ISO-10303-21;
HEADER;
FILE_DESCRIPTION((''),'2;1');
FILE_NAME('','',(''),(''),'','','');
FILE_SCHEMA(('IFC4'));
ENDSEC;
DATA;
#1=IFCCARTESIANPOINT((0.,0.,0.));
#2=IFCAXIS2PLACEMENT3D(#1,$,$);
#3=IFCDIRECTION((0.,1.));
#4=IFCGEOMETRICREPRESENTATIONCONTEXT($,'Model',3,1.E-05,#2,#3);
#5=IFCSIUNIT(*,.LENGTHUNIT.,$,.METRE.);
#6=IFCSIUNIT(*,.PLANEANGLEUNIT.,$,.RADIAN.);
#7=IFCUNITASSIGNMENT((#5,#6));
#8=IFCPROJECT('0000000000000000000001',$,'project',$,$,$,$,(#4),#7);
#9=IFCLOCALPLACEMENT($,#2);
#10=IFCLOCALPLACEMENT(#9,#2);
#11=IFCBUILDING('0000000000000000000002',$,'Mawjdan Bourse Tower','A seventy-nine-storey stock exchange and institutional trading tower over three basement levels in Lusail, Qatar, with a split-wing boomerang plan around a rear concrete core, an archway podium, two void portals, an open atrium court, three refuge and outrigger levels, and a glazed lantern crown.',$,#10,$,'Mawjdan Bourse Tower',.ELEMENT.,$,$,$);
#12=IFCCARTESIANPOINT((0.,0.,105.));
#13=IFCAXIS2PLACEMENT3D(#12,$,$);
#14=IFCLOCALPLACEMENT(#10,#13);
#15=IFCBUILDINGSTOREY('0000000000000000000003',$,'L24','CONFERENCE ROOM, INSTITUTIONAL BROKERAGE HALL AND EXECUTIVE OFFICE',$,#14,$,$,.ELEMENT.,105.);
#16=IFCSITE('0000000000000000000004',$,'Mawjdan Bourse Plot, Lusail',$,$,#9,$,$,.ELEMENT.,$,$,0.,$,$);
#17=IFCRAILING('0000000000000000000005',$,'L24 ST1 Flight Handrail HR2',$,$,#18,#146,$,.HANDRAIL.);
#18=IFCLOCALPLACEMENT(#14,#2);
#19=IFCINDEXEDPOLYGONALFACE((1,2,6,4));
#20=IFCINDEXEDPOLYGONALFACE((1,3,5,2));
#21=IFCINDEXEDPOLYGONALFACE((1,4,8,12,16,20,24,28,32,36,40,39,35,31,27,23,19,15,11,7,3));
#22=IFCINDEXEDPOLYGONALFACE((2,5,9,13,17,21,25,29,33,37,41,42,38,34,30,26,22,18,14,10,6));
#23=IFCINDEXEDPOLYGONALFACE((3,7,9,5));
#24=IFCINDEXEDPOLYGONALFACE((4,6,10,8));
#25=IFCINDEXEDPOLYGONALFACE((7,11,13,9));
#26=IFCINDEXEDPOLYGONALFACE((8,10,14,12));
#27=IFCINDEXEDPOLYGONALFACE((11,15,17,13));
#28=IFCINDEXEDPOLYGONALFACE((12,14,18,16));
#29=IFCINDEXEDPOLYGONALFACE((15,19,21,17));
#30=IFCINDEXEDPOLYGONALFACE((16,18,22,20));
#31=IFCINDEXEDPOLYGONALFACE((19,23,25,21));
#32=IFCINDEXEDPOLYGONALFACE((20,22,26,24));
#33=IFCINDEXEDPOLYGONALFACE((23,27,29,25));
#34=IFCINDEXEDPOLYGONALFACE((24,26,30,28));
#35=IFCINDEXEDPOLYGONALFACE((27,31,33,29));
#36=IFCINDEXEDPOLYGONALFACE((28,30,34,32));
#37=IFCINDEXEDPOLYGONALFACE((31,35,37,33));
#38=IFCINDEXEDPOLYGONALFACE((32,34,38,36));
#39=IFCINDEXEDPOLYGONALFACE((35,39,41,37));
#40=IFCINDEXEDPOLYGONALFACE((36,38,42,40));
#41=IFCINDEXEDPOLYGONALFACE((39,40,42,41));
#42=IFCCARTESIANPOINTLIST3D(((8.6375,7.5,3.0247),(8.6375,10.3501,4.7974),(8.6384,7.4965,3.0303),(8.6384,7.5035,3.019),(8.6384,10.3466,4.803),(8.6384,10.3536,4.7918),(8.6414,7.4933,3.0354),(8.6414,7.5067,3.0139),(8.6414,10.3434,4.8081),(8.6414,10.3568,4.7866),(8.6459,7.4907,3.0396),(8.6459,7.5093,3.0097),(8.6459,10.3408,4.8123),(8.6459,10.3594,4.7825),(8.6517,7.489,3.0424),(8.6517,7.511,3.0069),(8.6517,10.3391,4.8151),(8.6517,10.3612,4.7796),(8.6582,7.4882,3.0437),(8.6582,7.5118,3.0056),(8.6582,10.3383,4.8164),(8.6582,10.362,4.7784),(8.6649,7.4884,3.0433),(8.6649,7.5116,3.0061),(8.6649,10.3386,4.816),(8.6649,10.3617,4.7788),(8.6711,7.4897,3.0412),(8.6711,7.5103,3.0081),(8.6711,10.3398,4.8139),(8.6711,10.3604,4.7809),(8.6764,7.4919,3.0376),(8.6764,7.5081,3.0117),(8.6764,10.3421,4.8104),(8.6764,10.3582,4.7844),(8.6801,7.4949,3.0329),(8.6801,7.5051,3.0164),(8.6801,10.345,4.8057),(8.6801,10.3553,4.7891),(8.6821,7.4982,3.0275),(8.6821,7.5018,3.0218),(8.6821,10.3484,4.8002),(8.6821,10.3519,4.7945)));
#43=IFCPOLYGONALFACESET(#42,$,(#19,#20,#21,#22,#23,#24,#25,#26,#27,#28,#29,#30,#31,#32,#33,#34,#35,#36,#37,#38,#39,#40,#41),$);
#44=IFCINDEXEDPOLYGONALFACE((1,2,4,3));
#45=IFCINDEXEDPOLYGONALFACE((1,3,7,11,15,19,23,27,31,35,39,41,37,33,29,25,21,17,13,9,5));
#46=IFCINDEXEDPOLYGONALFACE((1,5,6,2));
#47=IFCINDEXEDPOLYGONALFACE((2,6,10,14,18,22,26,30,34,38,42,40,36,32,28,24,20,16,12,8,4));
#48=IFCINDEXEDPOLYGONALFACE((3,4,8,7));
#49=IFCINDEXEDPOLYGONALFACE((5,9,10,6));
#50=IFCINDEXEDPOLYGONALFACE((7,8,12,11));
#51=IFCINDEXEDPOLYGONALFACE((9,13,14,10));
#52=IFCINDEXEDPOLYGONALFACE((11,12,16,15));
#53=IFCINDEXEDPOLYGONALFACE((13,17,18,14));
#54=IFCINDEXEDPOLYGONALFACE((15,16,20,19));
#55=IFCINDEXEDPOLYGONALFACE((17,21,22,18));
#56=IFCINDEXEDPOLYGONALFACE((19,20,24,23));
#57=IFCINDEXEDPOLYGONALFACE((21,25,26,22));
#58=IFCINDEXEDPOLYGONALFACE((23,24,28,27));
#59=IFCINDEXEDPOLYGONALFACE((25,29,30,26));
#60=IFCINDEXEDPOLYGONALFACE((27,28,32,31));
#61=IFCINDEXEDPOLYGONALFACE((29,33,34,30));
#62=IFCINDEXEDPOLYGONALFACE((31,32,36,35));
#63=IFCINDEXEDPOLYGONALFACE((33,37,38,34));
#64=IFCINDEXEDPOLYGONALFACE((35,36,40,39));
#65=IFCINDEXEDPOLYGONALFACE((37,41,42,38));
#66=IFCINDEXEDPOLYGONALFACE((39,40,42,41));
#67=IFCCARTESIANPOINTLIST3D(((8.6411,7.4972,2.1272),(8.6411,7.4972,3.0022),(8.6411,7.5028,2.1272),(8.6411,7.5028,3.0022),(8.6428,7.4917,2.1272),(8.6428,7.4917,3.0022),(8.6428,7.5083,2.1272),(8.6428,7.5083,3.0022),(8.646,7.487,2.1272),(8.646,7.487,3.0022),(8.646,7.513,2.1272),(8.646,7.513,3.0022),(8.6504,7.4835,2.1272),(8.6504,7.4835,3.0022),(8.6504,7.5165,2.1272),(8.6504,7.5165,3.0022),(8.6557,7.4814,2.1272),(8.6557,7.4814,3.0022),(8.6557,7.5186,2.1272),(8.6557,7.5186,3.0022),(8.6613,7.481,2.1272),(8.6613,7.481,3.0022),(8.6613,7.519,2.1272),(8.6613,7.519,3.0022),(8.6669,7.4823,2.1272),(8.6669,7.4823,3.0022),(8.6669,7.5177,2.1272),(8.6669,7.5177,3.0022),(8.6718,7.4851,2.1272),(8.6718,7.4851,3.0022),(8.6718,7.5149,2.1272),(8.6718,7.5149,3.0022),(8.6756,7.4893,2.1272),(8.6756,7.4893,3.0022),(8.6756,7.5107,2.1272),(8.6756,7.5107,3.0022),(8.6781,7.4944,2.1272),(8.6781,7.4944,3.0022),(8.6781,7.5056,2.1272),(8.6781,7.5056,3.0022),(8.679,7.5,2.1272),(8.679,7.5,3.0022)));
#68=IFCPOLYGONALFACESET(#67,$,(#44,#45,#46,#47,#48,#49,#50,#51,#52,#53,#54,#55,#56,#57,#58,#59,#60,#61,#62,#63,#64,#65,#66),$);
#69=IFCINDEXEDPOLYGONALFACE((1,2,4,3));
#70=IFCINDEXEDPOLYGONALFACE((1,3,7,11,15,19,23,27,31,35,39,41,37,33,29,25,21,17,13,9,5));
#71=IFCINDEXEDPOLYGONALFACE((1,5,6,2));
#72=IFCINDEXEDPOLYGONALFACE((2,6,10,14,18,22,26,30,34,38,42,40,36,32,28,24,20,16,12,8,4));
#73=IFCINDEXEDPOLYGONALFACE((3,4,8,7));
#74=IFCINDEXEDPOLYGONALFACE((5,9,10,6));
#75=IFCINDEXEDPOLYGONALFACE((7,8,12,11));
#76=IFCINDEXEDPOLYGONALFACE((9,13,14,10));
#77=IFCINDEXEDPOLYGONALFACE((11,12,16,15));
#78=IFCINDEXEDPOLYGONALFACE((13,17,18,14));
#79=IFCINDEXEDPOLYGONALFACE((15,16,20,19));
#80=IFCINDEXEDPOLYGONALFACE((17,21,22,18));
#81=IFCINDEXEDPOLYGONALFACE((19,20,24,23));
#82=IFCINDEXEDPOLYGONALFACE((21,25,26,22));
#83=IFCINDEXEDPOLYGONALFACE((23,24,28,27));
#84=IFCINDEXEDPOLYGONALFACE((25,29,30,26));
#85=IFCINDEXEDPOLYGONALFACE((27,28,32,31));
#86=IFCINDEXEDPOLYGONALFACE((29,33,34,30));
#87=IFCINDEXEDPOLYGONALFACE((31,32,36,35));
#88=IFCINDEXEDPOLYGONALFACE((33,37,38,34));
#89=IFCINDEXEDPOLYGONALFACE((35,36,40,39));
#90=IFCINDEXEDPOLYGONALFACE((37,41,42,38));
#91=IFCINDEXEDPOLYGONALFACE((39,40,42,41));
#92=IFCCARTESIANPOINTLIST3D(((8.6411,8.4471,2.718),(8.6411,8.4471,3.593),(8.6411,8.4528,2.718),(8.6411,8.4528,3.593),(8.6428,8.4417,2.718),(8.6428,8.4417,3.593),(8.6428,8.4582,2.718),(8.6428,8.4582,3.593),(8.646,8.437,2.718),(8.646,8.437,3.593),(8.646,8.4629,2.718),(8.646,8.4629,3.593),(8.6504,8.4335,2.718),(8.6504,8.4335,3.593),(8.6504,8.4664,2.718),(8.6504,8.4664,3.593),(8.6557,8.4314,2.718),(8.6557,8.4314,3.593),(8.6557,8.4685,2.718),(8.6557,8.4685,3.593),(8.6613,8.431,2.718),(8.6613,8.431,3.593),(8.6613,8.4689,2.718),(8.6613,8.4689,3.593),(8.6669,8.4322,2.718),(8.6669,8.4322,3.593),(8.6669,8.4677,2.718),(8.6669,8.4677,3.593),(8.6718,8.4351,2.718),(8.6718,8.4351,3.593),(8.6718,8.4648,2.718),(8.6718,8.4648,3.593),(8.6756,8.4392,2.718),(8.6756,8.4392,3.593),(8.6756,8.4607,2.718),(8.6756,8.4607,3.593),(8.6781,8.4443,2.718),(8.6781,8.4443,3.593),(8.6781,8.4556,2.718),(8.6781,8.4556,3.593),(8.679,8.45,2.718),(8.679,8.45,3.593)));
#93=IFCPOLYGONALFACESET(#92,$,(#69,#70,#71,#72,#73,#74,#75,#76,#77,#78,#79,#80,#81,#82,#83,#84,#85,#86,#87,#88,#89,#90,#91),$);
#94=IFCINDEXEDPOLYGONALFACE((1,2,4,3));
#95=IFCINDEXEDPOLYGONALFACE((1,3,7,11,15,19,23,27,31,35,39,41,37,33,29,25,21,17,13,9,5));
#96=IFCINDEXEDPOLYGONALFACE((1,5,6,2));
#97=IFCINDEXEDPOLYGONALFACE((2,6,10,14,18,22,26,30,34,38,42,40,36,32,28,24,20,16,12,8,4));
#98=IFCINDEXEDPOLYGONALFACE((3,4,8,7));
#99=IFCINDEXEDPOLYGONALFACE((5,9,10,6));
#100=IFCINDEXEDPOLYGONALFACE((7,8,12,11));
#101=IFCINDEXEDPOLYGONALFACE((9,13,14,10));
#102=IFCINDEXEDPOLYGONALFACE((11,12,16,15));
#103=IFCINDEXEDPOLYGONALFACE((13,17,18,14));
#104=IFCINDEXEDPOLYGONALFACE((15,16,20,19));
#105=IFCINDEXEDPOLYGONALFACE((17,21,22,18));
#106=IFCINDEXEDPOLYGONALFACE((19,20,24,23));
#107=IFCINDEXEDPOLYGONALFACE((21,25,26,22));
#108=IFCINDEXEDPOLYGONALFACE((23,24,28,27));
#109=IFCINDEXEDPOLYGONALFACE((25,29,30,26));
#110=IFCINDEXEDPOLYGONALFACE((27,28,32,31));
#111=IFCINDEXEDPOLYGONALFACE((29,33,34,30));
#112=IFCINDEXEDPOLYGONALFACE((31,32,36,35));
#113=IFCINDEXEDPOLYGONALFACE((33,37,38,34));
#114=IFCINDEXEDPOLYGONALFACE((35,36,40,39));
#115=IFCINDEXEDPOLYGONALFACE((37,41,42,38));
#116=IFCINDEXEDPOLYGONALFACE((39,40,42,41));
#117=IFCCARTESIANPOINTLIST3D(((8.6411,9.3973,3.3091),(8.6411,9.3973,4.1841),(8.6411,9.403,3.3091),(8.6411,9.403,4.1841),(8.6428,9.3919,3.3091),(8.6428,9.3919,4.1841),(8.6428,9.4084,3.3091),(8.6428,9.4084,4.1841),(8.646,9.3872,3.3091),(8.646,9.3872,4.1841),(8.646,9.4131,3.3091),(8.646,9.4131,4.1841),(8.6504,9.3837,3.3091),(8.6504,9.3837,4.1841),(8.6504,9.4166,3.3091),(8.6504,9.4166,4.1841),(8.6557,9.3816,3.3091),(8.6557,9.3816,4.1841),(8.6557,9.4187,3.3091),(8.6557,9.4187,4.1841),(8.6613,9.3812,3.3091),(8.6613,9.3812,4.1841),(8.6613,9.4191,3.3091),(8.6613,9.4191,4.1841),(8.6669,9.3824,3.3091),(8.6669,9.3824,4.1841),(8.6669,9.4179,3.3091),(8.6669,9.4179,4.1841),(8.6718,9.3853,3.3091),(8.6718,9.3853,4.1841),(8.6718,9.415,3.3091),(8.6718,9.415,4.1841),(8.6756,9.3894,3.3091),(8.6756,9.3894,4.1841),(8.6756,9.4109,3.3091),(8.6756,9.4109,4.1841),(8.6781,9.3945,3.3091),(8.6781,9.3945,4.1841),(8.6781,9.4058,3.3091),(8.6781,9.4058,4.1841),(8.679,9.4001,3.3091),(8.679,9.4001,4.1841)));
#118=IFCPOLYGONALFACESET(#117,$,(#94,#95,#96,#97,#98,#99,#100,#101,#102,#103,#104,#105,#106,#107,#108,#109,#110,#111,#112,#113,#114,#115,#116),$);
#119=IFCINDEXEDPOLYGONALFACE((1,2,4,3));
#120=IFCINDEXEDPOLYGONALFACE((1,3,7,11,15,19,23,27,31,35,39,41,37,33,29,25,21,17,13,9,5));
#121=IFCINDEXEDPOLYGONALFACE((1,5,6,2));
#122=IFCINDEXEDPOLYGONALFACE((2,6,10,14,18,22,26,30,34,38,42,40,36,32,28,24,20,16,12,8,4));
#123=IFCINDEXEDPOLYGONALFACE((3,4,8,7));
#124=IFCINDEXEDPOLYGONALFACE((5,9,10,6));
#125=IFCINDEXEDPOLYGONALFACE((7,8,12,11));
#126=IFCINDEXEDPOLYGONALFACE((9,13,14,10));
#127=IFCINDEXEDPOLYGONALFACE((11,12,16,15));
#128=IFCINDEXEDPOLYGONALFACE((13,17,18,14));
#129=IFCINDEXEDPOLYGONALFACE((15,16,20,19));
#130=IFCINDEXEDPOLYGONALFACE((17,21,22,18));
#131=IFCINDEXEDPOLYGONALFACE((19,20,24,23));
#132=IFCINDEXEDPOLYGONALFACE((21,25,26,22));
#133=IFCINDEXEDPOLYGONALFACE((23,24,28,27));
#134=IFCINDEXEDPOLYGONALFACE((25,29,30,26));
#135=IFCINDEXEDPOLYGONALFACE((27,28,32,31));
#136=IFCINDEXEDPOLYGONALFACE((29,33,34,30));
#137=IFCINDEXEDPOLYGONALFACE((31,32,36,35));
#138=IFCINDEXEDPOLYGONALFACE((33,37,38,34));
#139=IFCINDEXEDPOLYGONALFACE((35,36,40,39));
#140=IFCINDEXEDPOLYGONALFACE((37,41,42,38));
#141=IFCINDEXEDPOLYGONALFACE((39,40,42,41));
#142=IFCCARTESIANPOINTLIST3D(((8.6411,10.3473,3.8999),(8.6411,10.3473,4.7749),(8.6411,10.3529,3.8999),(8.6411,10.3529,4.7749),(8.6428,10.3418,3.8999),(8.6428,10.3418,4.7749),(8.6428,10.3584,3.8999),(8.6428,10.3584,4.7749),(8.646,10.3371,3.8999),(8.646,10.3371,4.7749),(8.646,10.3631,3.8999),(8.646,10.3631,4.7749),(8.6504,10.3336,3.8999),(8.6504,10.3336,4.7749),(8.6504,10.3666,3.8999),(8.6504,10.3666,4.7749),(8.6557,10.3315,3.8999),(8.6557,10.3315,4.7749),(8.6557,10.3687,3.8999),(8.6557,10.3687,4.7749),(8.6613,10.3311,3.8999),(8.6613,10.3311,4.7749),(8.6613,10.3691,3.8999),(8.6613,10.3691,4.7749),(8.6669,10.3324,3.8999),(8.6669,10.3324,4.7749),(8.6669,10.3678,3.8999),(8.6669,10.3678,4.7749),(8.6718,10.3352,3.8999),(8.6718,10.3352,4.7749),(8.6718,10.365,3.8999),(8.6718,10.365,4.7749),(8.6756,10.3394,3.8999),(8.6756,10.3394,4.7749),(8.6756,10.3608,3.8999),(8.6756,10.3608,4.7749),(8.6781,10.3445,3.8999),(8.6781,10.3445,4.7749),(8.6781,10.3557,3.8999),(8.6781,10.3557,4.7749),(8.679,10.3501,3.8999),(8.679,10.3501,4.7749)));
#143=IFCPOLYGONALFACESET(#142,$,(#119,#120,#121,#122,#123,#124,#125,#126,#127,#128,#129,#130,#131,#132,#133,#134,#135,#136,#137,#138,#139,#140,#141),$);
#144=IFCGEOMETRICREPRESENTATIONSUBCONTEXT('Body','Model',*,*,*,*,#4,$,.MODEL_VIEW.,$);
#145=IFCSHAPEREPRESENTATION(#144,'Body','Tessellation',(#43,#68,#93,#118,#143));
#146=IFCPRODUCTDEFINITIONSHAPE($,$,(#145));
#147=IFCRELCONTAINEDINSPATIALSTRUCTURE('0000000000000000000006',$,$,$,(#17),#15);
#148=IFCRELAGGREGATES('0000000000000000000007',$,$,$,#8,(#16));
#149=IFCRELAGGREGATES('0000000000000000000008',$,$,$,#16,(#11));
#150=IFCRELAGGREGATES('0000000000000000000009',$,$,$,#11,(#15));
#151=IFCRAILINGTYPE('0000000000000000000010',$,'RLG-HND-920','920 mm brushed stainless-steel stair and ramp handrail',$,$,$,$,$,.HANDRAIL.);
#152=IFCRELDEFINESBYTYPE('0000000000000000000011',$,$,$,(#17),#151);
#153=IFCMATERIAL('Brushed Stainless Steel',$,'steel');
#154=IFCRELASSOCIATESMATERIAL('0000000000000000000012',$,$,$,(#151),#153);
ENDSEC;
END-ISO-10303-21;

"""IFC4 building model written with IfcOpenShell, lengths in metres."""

from ifc_helpers import new_model, si_unit, direction, frame, origin, origin_2d, place, context, subcontext, project, spatial, circle, extrude, material, type_object, element, save


model = new_model("IFC4")

# Units and contexts
model_context = context("Model", 3, precision=1e-05, world=origin(), true_north=direction((0.0, 1.0)))
body_context = subcontext(model_context, "Body", "Model", "MODEL_VIEW")
ifc_project = project(units=[si_unit("LENGTHUNIT", "METRE"), si_unit("PLANEANGLEUNIT", "RADIAN")], contexts=[model_context])

# Site, building, storey
site_placement = place(None, origin())
site = spatial("IfcSite", under=ifc_project, at=site_placement, Name="Mawjdan Bourse Plot, Lusail", CompositionType="ELEMENT", RefElevation=0.0)
building_placement = place(site_placement, origin())
building = spatial("IfcBuilding", under=site, at=building_placement, Name="Mawjdan Bourse Tower", Description="A seventy-nine-storey stock exchange and institutional trading tower over three basement levels in Lusail, Qatar, with a split-wing boomerang plan around a rear concrete core, an archway podium, two void portals, an open atrium court, three refuge and outrigger levels, and a glazed lantern crown.", LongName="Mawjdan Bourse Tower", CompositionType="ELEMENT")
storey_placement = place(building_placement, frame((0.0, 0.0, 105.0)))
storey = spatial("IfcBuildingStorey", under=building, at=storey_placement, Name="L24", Description="CONFERENCE ROOM, INSTITUTIONAL BROKERAGE HALL AND EXECUTIVE OFFICE", CompositionType="ELEMENT", Elevation=105.0)

# Shared definitions
ifc_material_1 = material(Name="Brushed Stainless Steel", Category="steel")

# Railing
railing_type_1 = type_object("IfcRailingType", Name="RLG-HND-920", Description="920 mm brushed stainless-steel stair and ramp handrail", PredefinedType="HANDRAIL", material=ifc_material_1)
railing_1_placement = place(storey_placement, frame((8.6599, 7.5, 2.1272)))
element("IfcRailing", 1, at=railing_1_placement, inside=storey, type_object=railing_type_1, Name="L24 ST1 Flight Handrail HR2", PredefinedType="HANDRAIL", context=body_context, shape_type="SweptSolid", body=[
    extrude(circle(Radius=0.0225, at=origin_2d()), frame((0.0, 0.0, 0.8975), z_axis=(0.0, 0.849149, 0.528154), x_axis=(-1.0, 0.0, 0.0)), (0.0, 0.0, 1.0), 3.3564),
    extrude(circle(Radius=0.019, at=origin_2d()), origin(), (0.0, 0.0, 1.0), 0.875),
    extrude(circle(Radius=0.019, at=origin_2d()), frame((0.0, 0.95, 0.5908)), (0.0, 0.0, 1.0), 0.875),
    extrude(circle(Radius=0.019, at=origin_2d()), frame((0.0, 1.9001, 1.1819)), (0.0, 0.0, 1.0), 0.875),
    extrude(circle(Radius=0.019, at=origin_2d()), frame((0.0, 2.8501, 1.7727)), (0.0, 0.0, 1.0), 0.875),
])

save(model, "model.ifc")
